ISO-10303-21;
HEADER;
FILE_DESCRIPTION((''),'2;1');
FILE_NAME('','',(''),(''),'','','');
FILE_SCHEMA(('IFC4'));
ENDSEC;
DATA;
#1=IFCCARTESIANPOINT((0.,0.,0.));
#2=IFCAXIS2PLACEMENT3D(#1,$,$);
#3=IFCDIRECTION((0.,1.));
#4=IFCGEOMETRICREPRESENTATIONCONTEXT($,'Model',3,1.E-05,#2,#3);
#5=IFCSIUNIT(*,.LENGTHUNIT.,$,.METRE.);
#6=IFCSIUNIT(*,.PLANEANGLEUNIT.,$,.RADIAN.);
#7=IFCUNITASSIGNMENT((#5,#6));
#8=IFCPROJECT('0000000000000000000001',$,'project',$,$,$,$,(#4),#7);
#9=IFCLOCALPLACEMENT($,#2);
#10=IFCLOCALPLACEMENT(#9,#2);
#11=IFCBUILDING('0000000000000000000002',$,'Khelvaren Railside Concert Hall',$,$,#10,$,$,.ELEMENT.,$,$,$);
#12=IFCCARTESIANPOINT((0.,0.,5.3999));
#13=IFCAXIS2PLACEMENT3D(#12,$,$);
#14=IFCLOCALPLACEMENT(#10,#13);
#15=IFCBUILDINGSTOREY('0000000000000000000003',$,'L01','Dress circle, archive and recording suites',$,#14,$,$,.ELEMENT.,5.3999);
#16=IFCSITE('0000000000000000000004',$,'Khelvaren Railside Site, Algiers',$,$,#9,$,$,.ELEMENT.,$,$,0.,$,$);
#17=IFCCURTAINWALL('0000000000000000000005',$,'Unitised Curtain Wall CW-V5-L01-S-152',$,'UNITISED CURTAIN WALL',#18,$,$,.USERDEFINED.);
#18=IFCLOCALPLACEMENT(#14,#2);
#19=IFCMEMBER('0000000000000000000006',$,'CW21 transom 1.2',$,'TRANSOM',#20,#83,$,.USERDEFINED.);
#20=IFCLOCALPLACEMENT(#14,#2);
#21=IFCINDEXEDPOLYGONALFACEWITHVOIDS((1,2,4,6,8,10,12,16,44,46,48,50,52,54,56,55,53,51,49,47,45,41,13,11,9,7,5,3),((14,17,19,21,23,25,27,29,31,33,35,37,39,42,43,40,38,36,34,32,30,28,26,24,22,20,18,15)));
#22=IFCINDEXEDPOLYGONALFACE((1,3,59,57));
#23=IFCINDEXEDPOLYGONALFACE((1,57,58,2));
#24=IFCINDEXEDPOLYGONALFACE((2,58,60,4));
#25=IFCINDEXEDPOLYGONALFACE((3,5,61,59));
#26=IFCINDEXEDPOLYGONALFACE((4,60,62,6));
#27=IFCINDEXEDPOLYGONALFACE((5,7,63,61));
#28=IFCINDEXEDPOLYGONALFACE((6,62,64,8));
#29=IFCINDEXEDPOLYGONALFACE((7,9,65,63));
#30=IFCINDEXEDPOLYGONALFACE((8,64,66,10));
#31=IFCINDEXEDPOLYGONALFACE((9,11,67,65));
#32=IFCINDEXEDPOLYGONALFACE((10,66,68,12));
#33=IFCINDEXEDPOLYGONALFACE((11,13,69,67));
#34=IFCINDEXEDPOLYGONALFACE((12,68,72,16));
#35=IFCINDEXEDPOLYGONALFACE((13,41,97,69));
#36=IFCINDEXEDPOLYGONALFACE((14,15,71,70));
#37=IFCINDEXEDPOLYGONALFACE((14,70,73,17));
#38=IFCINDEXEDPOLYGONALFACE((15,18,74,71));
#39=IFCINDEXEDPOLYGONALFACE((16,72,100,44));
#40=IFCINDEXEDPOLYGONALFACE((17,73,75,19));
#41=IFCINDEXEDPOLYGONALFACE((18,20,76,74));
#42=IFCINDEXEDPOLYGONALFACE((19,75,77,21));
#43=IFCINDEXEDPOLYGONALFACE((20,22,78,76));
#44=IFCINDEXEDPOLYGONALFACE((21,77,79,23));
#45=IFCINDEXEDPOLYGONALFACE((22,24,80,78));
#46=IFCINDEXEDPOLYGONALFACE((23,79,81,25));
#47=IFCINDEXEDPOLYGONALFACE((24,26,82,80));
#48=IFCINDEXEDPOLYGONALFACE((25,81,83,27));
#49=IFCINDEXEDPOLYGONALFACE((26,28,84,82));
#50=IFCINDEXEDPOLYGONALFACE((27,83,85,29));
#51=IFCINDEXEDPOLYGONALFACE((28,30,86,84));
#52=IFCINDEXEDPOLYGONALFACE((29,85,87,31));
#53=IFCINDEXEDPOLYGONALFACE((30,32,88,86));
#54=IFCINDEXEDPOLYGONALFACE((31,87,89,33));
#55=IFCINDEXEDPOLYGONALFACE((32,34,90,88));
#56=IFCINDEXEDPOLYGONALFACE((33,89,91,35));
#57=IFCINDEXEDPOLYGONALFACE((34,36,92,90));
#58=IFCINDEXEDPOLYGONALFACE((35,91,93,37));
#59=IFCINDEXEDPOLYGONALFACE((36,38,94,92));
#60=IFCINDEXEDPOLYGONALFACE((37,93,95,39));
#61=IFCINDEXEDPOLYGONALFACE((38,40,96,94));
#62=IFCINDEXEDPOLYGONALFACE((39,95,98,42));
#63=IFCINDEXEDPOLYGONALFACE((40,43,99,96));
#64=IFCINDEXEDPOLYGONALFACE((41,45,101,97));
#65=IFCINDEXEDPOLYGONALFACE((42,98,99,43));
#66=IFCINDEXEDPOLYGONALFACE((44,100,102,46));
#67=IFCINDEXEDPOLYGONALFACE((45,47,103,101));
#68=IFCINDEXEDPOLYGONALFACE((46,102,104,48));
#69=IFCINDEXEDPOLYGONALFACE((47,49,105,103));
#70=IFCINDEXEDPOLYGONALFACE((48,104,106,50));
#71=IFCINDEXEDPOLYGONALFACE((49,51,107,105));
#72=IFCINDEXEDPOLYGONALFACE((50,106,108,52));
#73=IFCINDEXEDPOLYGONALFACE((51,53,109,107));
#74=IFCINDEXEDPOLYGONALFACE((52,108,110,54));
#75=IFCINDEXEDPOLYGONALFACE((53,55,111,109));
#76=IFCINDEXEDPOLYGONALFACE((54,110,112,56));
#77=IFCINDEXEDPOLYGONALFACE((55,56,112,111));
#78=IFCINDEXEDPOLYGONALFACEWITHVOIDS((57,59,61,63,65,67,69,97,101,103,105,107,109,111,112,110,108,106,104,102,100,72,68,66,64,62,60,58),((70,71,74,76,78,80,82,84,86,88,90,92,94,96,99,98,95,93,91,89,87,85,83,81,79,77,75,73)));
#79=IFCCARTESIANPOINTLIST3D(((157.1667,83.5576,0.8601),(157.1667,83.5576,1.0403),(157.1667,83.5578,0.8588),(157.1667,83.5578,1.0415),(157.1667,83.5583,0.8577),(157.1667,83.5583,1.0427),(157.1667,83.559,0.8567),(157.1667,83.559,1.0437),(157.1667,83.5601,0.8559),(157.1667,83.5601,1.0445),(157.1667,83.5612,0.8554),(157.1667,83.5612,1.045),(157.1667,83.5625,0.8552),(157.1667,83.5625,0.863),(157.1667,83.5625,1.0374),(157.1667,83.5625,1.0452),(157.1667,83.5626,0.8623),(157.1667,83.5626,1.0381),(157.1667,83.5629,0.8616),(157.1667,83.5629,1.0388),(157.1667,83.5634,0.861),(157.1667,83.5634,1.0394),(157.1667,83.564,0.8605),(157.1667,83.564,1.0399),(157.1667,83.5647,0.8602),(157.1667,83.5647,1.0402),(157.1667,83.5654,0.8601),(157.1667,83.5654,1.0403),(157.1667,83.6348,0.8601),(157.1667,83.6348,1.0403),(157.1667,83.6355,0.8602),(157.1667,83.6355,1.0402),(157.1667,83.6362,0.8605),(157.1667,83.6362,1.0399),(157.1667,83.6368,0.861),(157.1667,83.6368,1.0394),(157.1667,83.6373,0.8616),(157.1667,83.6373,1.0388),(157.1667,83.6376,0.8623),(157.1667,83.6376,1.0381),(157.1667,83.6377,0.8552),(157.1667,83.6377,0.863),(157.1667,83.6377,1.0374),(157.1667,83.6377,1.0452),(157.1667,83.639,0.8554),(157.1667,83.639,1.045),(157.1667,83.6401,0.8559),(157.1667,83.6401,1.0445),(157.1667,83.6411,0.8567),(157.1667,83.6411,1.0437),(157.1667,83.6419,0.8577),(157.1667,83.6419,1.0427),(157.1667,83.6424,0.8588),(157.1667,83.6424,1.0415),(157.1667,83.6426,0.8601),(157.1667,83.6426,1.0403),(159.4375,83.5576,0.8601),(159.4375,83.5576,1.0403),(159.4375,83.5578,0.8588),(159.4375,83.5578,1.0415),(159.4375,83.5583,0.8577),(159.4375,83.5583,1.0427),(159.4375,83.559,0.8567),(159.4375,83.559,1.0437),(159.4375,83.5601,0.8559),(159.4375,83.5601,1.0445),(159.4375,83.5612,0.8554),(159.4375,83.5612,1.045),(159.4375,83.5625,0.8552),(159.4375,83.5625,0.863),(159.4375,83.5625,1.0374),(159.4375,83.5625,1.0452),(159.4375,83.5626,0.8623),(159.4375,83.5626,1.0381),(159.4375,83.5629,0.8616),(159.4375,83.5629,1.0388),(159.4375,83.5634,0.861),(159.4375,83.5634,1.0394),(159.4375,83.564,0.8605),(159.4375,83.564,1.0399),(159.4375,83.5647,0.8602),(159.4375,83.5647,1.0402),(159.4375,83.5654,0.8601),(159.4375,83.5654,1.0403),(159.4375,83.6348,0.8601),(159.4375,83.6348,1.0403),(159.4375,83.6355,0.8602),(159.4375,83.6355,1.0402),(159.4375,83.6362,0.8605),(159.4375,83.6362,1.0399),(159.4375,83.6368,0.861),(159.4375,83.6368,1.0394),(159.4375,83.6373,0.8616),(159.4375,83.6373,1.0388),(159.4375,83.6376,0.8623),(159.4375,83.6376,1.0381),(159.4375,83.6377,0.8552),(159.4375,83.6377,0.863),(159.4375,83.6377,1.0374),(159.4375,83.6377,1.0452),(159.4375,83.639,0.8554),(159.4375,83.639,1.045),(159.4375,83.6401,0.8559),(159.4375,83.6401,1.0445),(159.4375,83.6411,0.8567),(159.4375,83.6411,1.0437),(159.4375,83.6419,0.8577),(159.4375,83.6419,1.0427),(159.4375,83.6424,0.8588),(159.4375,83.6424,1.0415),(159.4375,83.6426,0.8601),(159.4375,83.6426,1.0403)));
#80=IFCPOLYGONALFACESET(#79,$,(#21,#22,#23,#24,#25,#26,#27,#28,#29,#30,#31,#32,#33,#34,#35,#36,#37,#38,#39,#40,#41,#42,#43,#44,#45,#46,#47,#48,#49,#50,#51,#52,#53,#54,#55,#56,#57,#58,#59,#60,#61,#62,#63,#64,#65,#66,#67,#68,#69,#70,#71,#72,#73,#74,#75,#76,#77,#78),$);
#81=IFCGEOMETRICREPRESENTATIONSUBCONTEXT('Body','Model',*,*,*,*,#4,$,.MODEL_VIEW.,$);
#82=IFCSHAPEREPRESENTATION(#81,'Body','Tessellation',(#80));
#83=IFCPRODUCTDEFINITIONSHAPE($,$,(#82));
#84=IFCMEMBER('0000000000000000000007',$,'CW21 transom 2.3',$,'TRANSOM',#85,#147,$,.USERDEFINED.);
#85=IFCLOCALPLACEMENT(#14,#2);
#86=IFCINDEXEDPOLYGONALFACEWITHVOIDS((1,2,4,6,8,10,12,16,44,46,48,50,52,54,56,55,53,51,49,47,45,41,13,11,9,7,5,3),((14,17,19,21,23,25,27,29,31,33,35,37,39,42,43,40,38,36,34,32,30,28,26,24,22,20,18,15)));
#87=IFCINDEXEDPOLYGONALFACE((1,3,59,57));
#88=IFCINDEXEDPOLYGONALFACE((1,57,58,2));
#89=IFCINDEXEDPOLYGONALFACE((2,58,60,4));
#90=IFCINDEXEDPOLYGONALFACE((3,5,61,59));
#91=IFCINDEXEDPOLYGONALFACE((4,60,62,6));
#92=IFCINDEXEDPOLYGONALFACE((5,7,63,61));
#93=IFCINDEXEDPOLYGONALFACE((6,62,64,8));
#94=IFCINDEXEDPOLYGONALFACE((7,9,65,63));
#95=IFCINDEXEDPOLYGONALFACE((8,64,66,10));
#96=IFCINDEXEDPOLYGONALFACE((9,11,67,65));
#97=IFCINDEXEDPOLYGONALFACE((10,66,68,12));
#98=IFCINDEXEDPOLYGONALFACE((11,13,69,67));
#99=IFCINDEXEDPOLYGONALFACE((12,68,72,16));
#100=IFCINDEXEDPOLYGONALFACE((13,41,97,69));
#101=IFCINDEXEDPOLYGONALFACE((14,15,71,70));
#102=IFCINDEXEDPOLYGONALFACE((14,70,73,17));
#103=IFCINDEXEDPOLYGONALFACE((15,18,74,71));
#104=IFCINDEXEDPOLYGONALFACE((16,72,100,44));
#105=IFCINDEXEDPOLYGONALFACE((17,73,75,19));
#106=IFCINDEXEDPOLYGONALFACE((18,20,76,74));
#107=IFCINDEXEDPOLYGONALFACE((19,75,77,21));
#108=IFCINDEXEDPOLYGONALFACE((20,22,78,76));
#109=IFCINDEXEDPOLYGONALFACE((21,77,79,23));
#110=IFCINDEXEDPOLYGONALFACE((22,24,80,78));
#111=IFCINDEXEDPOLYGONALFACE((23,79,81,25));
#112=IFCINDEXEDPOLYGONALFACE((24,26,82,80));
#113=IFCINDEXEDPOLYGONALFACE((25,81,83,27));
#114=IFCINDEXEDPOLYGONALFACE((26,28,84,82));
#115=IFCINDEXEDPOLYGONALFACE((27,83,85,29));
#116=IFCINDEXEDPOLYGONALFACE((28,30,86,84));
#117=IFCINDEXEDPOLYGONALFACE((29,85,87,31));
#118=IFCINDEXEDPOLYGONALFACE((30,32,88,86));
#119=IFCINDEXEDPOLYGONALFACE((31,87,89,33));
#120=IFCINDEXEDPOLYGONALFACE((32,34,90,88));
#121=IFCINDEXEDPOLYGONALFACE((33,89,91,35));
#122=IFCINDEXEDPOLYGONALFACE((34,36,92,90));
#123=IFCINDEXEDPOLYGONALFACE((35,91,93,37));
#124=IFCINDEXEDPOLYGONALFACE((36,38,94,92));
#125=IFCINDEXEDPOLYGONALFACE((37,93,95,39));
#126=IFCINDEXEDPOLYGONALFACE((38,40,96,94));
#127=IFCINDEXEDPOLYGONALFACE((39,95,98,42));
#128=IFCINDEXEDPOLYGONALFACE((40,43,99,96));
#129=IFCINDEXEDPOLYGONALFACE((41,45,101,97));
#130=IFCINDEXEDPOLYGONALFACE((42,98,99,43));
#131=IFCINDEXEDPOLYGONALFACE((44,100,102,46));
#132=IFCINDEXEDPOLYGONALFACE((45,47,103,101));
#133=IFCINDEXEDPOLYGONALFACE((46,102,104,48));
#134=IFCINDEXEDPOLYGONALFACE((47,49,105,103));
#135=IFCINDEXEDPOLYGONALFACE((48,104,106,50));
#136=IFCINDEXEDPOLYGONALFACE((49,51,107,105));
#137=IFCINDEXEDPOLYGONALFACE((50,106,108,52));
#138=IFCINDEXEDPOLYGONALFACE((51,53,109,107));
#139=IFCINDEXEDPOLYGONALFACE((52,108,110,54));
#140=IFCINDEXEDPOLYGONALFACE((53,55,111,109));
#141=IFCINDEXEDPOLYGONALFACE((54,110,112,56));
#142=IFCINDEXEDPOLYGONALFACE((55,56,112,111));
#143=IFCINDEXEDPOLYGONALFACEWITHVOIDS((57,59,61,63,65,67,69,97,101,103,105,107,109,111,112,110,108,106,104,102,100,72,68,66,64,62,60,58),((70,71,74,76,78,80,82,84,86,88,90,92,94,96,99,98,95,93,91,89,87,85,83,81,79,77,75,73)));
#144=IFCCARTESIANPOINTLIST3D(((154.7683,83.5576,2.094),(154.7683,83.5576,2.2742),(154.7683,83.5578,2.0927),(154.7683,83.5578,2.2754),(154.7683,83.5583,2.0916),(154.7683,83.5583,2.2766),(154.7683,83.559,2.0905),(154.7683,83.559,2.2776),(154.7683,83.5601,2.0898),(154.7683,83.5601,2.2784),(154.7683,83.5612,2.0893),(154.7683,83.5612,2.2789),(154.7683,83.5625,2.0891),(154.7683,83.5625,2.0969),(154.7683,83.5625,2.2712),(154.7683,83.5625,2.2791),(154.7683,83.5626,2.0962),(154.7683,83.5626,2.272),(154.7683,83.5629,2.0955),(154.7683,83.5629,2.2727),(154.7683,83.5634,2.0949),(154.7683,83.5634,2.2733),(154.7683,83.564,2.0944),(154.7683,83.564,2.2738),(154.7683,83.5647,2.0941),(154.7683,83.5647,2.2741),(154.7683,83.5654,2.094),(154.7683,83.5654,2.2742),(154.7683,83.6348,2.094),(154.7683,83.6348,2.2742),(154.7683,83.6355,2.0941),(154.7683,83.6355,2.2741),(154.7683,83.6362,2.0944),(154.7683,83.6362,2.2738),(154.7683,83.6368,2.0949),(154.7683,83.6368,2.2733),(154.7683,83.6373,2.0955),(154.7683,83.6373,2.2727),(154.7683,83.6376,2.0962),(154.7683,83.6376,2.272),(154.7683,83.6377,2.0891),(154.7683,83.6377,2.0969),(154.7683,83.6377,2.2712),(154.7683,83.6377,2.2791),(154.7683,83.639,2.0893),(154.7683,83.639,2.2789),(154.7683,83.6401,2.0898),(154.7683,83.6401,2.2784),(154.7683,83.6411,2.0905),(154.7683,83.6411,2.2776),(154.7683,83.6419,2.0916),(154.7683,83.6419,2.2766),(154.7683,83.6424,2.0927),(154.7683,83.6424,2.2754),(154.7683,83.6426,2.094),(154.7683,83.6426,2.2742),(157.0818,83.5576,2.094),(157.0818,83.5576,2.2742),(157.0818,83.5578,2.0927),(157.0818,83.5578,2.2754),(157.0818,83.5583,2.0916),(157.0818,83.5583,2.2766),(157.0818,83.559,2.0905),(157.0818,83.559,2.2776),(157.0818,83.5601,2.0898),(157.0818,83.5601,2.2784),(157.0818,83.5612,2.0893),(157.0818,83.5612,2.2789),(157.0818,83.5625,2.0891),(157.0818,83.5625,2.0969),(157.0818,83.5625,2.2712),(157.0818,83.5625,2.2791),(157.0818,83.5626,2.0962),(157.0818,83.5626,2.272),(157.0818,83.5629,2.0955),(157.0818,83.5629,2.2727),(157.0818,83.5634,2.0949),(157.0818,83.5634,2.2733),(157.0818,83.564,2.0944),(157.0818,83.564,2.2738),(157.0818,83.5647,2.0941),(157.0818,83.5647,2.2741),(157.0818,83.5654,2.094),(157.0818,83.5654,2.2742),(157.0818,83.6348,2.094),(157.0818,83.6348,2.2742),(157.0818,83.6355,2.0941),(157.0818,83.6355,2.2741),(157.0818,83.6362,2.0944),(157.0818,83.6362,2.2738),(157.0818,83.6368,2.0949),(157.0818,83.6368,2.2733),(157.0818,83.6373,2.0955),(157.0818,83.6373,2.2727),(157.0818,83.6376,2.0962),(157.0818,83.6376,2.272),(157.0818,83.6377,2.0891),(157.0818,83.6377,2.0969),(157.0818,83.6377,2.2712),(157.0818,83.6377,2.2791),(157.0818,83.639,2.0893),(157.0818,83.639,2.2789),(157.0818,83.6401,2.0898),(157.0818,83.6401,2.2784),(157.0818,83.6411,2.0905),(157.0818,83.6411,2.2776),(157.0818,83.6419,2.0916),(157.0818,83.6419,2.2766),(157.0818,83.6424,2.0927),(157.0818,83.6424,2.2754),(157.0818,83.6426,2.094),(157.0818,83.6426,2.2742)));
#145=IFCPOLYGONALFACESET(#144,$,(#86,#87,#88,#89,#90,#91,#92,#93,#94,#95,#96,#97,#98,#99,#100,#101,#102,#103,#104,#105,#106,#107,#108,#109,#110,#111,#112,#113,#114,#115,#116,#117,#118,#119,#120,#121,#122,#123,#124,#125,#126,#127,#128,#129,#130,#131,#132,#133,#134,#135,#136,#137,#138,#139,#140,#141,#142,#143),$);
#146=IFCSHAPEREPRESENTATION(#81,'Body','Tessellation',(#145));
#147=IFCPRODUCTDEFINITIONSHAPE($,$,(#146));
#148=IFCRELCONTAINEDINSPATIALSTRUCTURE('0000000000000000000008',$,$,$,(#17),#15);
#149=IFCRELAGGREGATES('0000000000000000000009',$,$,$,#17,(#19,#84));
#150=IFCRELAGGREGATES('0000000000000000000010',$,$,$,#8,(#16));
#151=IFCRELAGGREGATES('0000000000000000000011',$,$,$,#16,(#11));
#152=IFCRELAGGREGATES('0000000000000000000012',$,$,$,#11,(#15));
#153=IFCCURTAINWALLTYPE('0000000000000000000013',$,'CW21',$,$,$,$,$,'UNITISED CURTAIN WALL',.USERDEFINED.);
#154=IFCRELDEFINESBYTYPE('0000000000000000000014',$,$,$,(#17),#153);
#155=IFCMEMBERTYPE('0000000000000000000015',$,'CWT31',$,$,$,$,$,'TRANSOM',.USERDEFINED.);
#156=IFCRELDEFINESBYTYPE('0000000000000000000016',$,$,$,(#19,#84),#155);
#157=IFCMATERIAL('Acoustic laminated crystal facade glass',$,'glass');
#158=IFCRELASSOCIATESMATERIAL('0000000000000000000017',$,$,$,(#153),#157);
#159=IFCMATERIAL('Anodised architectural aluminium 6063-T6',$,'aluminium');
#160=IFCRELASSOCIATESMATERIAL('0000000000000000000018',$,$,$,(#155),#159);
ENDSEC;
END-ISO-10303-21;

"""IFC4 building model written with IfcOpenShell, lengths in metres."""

from ifc_helpers import new_model, si_unit, direction, frame, origin, origin_2d, place, context, subcontext, project, spatial, hollow_rectangle, extrude, material, material_profile, profile_set, type_object, element, aggregate, save


model = new_model("IFC4")

# Units and contexts
model_context = context("Model", 3, precision=1e-05, world=origin(), true_north=direction((0.0, 1.0)))
body_context = subcontext(model_context, "Body", "Model", "MODEL_VIEW")
ifc_project = project(units=[si_unit("LENGTHUNIT", "METRE"), si_unit("PLANEANGLEUNIT", "RADIAN")], contexts=[model_context])

# Site, building, storey
site_placement = place(None, origin())
site = spatial("IfcSite", under=ifc_project, at=site_placement, Name="Khelvaren Railside Site, Algiers", CompositionType="ELEMENT", RefElevation=0.0)
building_placement = place(site_placement, origin())
building = spatial("IfcBuilding", under=site, at=building_placement, Name="Khelvaren Railside Concert Hall", CompositionType="ELEMENT")
storey_placement = place(building_placement, frame((0.0, 0.0, 5.3999)))
storey = spatial("IfcBuildingStorey", under=building, at=storey_placement, Name="L01", Description="Dress circle, archive and recording suites", CompositionType="ELEMENT", Elevation=5.3999)

# Curtain wall, members
ifc_material_1 = material(Name="Acoustic laminated crystal facade glass", Category="glass")
curtain_wall_type = type_object("IfcCurtainWallType", Name="CW21", ElementType="UNITISED CURTAIN WALL", PredefinedType="USERDEFINED", material=ifc_material_1)
curtain_wall_placement = place(storey_placement, origin())
curtain_wall = element("IfcCurtainWall", 1, at=curtain_wall_placement, inside=storey, type_object=curtain_wall_type, Name="Unitised Curtain Wall CW-V5-L01-S-152", ObjectType="UNITISED CURTAIN WALL", PredefinedType="USERDEFINED")
ifc_material_2 = material(Name="Anodised architectural aluminium 6063-T6", Category="aluminium")
ifc_material_profile_1 = material_profile(ifc_material_2, hollow_rectangle(XDim=0.085, YDim=0.1899, WallThickness=0.0049, InnerFilletRadius=0.0029, OuterFilletRadius=0.0049, at=origin_2d()), Name="CWT 85x190x5")
ifc_profile_set_1 = profile_set([ifc_material_profile_1], Name="Anodised architectural aluminium 6063-T6")
member_type_1 = type_object("IfcMemberType", Name="CWT31", ElementType="TRANSOM", PredefinedType="USERDEFINED", material=ifc_profile_set_1)
member_1_placement = place(storey_placement, frame((159.4375, 83.6001, 0.9502), z_axis=(-1.0, 0.0, 0.0), x_axis=(0.0, -1.0, 0.0)))
member_1 = element("IfcMember", 2, at=member_1_placement, type_object=member_type_1, Name="CW21 transom 1.2", ObjectType="TRANSOM", PredefinedType="USERDEFINED", context=body_context, shape_type="SweptSolid", body=[
    extrude(hollow_rectangle(XDim=0.085, YDim=0.1899, WallThickness=0.0049, InnerFilletRadius=0.0029, OuterFilletRadius=0.0049, at=origin_2d()), origin(), (0.0, 0.0, 1.0), 2.2708),
])
member_2_placement = place(storey_placement, frame((157.0818, 83.6001, 2.1841), z_axis=(-1.0, 0.0, 0.0), x_axis=(0.0, -1.0, 0.0)))
member_2 = element("IfcMember", 3, at=member_2_placement, type_object=member_type_1, Name="CW21 transom 2.3", ObjectType="TRANSOM", PredefinedType="USERDEFINED", context=body_context, shape_type="SweptSolid", body=[
    extrude(hollow_rectangle(XDim=0.085, YDim=0.1899, WallThickness=0.0049, InnerFilletRadius=0.0029, OuterFilletRadius=0.0049, at=origin_2d()), origin(), (0.0, 0.0, 1.0), 2.3135),
])

aggregate(curtain_wall, [member_1, member_2])

save(model, "model.ifc")
